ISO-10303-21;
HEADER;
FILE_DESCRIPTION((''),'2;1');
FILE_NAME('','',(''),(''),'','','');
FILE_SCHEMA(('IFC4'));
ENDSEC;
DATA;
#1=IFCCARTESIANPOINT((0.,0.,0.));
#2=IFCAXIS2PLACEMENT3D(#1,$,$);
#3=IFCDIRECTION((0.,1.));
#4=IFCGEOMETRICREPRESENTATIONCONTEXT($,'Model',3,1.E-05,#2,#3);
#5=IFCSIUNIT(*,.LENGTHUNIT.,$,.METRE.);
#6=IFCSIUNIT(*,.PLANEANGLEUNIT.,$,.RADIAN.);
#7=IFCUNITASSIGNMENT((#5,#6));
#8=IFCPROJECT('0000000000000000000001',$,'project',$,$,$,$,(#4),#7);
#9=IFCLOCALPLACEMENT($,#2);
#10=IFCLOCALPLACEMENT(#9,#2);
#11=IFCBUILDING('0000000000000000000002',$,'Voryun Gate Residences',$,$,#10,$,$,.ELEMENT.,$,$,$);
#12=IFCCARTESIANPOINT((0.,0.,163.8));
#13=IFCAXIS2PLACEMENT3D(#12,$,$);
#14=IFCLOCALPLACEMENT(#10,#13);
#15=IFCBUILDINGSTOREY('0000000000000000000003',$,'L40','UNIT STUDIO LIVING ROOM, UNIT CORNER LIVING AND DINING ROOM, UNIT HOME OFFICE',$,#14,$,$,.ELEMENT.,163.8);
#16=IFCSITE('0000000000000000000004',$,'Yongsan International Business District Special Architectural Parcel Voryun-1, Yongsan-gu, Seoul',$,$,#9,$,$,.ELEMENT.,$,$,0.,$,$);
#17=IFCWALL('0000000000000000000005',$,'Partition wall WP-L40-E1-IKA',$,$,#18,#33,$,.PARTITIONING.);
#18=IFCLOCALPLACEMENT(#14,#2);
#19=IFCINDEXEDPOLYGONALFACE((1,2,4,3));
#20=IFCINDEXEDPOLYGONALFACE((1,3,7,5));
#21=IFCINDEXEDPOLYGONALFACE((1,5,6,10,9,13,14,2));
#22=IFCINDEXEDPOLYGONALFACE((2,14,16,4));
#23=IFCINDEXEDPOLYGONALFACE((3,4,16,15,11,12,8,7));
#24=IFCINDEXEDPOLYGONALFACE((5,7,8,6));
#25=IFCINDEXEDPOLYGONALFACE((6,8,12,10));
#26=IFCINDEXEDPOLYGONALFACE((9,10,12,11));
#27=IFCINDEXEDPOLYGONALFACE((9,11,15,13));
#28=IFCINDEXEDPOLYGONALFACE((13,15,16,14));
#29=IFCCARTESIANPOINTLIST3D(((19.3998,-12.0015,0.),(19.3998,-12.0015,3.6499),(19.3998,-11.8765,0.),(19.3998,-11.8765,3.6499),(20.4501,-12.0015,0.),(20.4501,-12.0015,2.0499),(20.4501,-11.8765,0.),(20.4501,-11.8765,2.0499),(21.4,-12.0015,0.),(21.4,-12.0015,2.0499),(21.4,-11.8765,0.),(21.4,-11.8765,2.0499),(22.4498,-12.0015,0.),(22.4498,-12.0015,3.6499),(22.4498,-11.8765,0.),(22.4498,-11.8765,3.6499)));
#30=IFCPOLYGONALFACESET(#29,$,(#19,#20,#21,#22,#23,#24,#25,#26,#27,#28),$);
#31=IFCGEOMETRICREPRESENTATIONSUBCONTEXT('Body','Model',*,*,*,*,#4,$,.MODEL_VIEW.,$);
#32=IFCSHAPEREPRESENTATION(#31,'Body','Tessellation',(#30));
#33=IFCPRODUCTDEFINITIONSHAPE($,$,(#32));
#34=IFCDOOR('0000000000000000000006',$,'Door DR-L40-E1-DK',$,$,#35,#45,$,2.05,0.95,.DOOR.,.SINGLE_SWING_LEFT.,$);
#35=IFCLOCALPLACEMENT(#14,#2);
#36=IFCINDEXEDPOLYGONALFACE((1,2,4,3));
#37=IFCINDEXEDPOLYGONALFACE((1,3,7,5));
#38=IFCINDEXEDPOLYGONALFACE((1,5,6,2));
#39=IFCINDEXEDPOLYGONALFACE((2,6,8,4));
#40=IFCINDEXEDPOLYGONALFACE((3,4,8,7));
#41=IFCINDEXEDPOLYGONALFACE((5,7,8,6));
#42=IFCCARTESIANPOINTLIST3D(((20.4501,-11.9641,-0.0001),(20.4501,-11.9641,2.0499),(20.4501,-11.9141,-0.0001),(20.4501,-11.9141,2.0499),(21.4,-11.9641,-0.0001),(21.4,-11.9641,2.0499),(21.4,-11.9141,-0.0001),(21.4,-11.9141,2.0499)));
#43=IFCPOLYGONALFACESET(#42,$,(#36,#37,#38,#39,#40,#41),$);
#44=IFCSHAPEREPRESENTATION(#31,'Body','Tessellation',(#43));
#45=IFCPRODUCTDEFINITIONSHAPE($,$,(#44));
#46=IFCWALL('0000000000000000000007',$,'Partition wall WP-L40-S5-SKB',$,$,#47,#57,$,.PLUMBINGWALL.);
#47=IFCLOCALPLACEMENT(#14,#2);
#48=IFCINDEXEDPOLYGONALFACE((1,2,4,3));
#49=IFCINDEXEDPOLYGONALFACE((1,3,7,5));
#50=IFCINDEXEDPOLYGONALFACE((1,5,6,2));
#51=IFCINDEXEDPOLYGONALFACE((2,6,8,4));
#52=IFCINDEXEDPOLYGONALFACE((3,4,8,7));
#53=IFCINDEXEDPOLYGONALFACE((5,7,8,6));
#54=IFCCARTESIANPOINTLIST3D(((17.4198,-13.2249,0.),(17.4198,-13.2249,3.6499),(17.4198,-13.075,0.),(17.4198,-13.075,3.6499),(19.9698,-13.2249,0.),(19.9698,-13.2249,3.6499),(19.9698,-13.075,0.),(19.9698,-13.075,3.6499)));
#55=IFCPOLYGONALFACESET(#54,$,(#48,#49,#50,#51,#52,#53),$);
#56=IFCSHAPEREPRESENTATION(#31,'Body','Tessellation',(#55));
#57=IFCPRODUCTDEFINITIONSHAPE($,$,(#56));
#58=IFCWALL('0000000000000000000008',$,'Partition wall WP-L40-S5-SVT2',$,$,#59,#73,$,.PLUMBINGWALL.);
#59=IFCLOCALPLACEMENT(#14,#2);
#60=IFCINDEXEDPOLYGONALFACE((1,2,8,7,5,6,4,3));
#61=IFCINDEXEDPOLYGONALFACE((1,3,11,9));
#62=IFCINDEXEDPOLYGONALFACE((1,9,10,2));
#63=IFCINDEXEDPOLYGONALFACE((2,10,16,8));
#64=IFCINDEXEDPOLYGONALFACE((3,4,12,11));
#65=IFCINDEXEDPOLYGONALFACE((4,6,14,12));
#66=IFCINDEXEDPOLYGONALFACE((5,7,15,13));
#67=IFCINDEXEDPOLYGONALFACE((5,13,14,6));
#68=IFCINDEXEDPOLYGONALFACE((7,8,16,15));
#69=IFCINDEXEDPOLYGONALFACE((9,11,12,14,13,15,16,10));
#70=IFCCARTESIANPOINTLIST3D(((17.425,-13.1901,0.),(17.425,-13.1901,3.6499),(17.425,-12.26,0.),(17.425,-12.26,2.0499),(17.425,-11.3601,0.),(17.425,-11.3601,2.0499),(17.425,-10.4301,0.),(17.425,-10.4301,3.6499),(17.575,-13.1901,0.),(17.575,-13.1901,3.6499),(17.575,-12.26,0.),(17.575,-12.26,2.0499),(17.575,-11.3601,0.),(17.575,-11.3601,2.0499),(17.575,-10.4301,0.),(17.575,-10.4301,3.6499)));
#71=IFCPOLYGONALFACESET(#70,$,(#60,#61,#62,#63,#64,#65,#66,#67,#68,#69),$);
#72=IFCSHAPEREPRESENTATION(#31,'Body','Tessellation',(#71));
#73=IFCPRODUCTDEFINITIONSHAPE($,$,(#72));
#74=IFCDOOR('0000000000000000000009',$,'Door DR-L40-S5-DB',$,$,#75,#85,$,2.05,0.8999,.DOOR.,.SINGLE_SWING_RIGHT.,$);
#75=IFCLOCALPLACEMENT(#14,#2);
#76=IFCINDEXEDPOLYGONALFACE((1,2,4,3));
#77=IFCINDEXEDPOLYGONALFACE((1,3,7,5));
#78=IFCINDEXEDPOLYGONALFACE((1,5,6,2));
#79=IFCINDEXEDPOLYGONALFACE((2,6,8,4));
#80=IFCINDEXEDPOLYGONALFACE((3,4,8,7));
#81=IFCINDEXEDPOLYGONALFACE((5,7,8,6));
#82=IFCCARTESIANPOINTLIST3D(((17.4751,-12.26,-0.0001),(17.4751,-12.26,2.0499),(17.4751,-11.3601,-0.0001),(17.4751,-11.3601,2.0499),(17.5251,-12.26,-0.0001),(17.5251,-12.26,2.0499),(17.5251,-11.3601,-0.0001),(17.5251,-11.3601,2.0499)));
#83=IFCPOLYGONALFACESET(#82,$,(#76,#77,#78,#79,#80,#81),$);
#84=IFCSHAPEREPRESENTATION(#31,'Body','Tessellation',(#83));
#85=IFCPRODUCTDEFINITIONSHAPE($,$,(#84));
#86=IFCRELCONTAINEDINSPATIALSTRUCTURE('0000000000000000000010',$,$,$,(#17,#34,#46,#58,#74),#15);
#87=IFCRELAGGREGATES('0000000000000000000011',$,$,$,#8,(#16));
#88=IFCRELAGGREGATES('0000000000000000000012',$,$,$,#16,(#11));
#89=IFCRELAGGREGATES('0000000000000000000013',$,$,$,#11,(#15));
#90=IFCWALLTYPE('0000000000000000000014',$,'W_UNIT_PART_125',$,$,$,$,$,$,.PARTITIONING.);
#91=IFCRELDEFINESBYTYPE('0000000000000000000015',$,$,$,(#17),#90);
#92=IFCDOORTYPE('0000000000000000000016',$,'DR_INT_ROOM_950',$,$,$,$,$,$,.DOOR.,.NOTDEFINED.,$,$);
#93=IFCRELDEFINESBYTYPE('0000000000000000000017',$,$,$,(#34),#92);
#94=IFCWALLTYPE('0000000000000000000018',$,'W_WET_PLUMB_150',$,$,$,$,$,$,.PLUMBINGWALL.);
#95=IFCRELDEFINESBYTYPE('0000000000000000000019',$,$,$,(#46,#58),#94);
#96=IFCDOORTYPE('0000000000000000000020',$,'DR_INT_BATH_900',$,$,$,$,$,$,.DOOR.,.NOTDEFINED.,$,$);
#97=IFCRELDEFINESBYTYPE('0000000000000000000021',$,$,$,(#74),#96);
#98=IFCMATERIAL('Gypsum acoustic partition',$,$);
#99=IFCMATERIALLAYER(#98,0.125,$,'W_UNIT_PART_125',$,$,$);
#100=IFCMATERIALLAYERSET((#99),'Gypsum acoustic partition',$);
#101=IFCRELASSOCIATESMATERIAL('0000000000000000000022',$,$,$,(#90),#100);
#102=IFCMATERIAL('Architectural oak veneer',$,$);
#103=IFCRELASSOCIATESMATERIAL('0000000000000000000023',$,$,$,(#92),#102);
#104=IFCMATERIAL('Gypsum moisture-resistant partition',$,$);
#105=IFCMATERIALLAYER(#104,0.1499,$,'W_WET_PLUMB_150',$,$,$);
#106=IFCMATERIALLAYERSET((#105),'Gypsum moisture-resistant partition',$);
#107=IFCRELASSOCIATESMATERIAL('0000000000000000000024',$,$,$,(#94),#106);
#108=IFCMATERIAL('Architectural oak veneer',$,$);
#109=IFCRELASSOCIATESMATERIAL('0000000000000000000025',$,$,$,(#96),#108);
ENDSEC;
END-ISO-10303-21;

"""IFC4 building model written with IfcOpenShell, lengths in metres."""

from ifc_helpers import new_model, si_unit, direction, frame, frame_2d, origin, place, context, subcontext, project, spatial, rectangle, extrude, material, layer, layer_set, type_object, element, fill, save


model = new_model("IFC4")

# Units and contexts
model_context = context("Model", 3, precision=1e-05, world=origin(), true_north=direction((0.0, 1.0)))
body_context = subcontext(model_context, "Body", "Model", "MODEL_VIEW")
ifc_project = project(units=[si_unit("LENGTHUNIT", "METRE"), si_unit("PLANEANGLEUNIT", "RADIAN")], contexts=[model_context])

# Site, building, storey
site_placement = place(None, origin())
site = spatial("IfcSite", under=ifc_project, at=site_placement, Name="Yongsan International Business District Special Architectural Parcel Voryun-1, Yongsan-gu, Seoul", CompositionType="ELEMENT", RefElevation=0.0)
building_placement = place(site_placement, origin())
building = spatial("IfcBuilding", under=site, at=building_placement, Name="Voryun Gate Residences", CompositionType="ELEMENT")
storey_placement = place(building_placement, frame((0.0, 0.0, 163.8)))
storey = spatial("IfcBuildingStorey", under=building, at=storey_placement, Name="L40", Description="UNIT STUDIO LIVING ROOM, UNIT CORNER LIVING AND DINING ROOM, UNIT HOME OFFICE", CompositionType="ELEMENT", Elevation=163.8)

# Wall, opening, door
ifc_material_1 = material(Name="Gypsum acoustic partition")
ifc_layer_1 = layer(ifc_material_1, 0.125, Name="W_UNIT_PART_125")
ifc_layer_set_1 = layer_set([ifc_layer_1], Name="Gypsum acoustic partition")
wall_type_1 = type_object("IfcWallType", Name="W_UNIT_PART_125", PredefinedType="PARTITIONING", material=ifc_layer_set_1)
wall_1_placement = place(storey_placement, frame((19.3999, -11.939, 0.0), z_axis=(0.0, 0.0, 1.0), x_axis=(1.0, 0.0, 0.0)))
wall_1 = element("IfcWall", 1, at=wall_1_placement, inside=storey, type_object=wall_type_1, Name="Partition wall WP-L40-E1-IKA", PredefinedType="PARTITIONING", context=body_context, shape_type="SweptSolid", body=[
    extrude(rectangle(XDim=3.05, YDim=0.125, at=frame_2d((1.5249, 0.0))), origin(), (0.0, 0.0, 1.0), 3.6499),
])
opening_1_placement = place(wall_1_placement, frame((1.05, 0.0, 0.0)))
opening_1 = element("IfcOpeningElement", 2, at=opening_1_placement, cuts=wall_1, PredefinedType="OPENING", context=body_context, shape_type="SweptSolid", body=[
    extrude(rectangle(XDim=0.95, YDim=2.05, at=frame_2d((0.4751, 1.0249))), frame((0.0, 0.0725, 0.0), z_axis=(0.0, -1.0, 0.0), x_axis=(1.0, 0.0, 0.0)), (0.0, 0.0, 1.0), 0.145),
])
ifc_material_2 = material(Name="Architectural oak veneer")
door_type_1 = type_object("IfcDoorType", Name="DR_INT_ROOM_950", OperationType="NOTDEFINED", PredefinedType="DOOR", material=ifc_material_2)
door_1_placement = place(opening_1_placement, origin())
door_1 = element("IfcDoor", 3, at=door_1_placement, inside=storey, type_object=door_type_1, Name="Door DR-L40-E1-DK", OperationType="SINGLE_SWING_LEFT", OverallHeight=2.05, OverallWidth=0.95, PredefinedType="DOOR", context=body_context, shape_type="SweptSolid", body=[
    extrude(rectangle(XDim=0.95, YDim=2.05, at=frame_2d((0.4751, 1.0249))), frame((0.0, 0.0249, 0.0), z_axis=(0.0, -1.0, 0.0), x_axis=(1.0, 0.0, 0.0)), (0.0, 0.0, 1.0), 0.05),
])
fill(opening_1, door_1)

# Wall
ifc_material_3 = material(Name="Gypsum moisture-resistant partition")
ifc_layer_2 = layer(ifc_material_3, 0.1499, Name="W_WET_PLUMB_150")
ifc_layer_set_2 = layer_set([ifc_layer_2], Name="Gypsum moisture-resistant partition")
wall_type_2 = type_object("IfcWallType", Name="W_WET_PLUMB_150", PredefinedType="PLUMBINGWALL", material=ifc_layer_set_2)
wall_2_placement = place(storey_placement, frame((17.4199, -13.1499, 0.0), z_axis=(0.0, 0.0, 1.0), x_axis=(1.0, 0.0, 0.0)))
element("IfcWall", 4, at=wall_2_placement, inside=storey, type_object=wall_type_2, Name="Partition wall WP-L40-S5-SKB", PredefinedType="PLUMBINGWALL", context=body_context, shape_type="SweptSolid", body=[
    extrude(rectangle(XDim=2.55, YDim=0.1499, at=frame_2d((1.2749, 0.0))), origin(), (0.0, 0.0, 1.0), 3.6499),
])

# Wall, opening, door
wall_3_placement = place(storey_placement, frame((17.5, -13.1899, 0.0), z_axis=(0.0, 0.0, 1.0), x_axis=(0.0, 1.0, 0.0)))
wall_3 = element("IfcWall", 5, at=wall_3_placement, inside=storey, type_object=wall_type_2, Name="Partition wall WP-L40-S5-SVT2", PredefinedType="PLUMBINGWALL", context=body_context, shape_type="SweptSolid", body=[
    extrude(rectangle(XDim=2.76, YDim=0.1499, at=frame_2d((1.3799, 0.0))), origin(), (0.0, 0.0, 1.0), 3.6499),
])
opening_2_placement = place(wall_3_placement, frame((0.9299, 0.0, 0.0)))
opening_2 = element("IfcOpeningElement", 6, at=opening_2_placement, cuts=wall_3, PredefinedType="OPENING", context=body_context, shape_type="SweptSolid", body=[
    extrude(rectangle(XDim=0.8999, YDim=2.05, at=frame_2d((0.45, 1.0249))), frame((0.0, 0.085, 0.0), z_axis=(0.0, -1.0, 0.0), x_axis=(1.0, 0.0, 0.0)), (0.0, 0.0, 1.0), 0.1699),
])
ifc_material_4 = material(Name="Architectural oak veneer")
door_type_2 = type_object("IfcDoorType", Name="DR_INT_BATH_900", OperationType="NOTDEFINED", PredefinedType="DOOR", material=ifc_material_4)
door_2_placement = place(opening_2_placement, origin())
door_2 = element("IfcDoor", 7, at=door_2_placement, inside=storey, type_object=door_type_2, Name="Door DR-L40-S5-DB", OperationType="SINGLE_SWING_RIGHT", OverallHeight=2.05, OverallWidth=0.8999, PredefinedType="DOOR", context=body_context, shape_type="SweptSolid", body=[
    extrude(rectangle(XDim=0.8999, YDim=2.05, at=frame_2d((0.45, 1.0249))), frame((0.0, 0.0249, 0.0), z_axis=(0.0, -1.0, 0.0), x_axis=(1.0, 0.0, 0.0)), (0.0, 0.0, 1.0), 0.05),
])
fill(opening_2, door_2)

save(model, "model.ifc")
